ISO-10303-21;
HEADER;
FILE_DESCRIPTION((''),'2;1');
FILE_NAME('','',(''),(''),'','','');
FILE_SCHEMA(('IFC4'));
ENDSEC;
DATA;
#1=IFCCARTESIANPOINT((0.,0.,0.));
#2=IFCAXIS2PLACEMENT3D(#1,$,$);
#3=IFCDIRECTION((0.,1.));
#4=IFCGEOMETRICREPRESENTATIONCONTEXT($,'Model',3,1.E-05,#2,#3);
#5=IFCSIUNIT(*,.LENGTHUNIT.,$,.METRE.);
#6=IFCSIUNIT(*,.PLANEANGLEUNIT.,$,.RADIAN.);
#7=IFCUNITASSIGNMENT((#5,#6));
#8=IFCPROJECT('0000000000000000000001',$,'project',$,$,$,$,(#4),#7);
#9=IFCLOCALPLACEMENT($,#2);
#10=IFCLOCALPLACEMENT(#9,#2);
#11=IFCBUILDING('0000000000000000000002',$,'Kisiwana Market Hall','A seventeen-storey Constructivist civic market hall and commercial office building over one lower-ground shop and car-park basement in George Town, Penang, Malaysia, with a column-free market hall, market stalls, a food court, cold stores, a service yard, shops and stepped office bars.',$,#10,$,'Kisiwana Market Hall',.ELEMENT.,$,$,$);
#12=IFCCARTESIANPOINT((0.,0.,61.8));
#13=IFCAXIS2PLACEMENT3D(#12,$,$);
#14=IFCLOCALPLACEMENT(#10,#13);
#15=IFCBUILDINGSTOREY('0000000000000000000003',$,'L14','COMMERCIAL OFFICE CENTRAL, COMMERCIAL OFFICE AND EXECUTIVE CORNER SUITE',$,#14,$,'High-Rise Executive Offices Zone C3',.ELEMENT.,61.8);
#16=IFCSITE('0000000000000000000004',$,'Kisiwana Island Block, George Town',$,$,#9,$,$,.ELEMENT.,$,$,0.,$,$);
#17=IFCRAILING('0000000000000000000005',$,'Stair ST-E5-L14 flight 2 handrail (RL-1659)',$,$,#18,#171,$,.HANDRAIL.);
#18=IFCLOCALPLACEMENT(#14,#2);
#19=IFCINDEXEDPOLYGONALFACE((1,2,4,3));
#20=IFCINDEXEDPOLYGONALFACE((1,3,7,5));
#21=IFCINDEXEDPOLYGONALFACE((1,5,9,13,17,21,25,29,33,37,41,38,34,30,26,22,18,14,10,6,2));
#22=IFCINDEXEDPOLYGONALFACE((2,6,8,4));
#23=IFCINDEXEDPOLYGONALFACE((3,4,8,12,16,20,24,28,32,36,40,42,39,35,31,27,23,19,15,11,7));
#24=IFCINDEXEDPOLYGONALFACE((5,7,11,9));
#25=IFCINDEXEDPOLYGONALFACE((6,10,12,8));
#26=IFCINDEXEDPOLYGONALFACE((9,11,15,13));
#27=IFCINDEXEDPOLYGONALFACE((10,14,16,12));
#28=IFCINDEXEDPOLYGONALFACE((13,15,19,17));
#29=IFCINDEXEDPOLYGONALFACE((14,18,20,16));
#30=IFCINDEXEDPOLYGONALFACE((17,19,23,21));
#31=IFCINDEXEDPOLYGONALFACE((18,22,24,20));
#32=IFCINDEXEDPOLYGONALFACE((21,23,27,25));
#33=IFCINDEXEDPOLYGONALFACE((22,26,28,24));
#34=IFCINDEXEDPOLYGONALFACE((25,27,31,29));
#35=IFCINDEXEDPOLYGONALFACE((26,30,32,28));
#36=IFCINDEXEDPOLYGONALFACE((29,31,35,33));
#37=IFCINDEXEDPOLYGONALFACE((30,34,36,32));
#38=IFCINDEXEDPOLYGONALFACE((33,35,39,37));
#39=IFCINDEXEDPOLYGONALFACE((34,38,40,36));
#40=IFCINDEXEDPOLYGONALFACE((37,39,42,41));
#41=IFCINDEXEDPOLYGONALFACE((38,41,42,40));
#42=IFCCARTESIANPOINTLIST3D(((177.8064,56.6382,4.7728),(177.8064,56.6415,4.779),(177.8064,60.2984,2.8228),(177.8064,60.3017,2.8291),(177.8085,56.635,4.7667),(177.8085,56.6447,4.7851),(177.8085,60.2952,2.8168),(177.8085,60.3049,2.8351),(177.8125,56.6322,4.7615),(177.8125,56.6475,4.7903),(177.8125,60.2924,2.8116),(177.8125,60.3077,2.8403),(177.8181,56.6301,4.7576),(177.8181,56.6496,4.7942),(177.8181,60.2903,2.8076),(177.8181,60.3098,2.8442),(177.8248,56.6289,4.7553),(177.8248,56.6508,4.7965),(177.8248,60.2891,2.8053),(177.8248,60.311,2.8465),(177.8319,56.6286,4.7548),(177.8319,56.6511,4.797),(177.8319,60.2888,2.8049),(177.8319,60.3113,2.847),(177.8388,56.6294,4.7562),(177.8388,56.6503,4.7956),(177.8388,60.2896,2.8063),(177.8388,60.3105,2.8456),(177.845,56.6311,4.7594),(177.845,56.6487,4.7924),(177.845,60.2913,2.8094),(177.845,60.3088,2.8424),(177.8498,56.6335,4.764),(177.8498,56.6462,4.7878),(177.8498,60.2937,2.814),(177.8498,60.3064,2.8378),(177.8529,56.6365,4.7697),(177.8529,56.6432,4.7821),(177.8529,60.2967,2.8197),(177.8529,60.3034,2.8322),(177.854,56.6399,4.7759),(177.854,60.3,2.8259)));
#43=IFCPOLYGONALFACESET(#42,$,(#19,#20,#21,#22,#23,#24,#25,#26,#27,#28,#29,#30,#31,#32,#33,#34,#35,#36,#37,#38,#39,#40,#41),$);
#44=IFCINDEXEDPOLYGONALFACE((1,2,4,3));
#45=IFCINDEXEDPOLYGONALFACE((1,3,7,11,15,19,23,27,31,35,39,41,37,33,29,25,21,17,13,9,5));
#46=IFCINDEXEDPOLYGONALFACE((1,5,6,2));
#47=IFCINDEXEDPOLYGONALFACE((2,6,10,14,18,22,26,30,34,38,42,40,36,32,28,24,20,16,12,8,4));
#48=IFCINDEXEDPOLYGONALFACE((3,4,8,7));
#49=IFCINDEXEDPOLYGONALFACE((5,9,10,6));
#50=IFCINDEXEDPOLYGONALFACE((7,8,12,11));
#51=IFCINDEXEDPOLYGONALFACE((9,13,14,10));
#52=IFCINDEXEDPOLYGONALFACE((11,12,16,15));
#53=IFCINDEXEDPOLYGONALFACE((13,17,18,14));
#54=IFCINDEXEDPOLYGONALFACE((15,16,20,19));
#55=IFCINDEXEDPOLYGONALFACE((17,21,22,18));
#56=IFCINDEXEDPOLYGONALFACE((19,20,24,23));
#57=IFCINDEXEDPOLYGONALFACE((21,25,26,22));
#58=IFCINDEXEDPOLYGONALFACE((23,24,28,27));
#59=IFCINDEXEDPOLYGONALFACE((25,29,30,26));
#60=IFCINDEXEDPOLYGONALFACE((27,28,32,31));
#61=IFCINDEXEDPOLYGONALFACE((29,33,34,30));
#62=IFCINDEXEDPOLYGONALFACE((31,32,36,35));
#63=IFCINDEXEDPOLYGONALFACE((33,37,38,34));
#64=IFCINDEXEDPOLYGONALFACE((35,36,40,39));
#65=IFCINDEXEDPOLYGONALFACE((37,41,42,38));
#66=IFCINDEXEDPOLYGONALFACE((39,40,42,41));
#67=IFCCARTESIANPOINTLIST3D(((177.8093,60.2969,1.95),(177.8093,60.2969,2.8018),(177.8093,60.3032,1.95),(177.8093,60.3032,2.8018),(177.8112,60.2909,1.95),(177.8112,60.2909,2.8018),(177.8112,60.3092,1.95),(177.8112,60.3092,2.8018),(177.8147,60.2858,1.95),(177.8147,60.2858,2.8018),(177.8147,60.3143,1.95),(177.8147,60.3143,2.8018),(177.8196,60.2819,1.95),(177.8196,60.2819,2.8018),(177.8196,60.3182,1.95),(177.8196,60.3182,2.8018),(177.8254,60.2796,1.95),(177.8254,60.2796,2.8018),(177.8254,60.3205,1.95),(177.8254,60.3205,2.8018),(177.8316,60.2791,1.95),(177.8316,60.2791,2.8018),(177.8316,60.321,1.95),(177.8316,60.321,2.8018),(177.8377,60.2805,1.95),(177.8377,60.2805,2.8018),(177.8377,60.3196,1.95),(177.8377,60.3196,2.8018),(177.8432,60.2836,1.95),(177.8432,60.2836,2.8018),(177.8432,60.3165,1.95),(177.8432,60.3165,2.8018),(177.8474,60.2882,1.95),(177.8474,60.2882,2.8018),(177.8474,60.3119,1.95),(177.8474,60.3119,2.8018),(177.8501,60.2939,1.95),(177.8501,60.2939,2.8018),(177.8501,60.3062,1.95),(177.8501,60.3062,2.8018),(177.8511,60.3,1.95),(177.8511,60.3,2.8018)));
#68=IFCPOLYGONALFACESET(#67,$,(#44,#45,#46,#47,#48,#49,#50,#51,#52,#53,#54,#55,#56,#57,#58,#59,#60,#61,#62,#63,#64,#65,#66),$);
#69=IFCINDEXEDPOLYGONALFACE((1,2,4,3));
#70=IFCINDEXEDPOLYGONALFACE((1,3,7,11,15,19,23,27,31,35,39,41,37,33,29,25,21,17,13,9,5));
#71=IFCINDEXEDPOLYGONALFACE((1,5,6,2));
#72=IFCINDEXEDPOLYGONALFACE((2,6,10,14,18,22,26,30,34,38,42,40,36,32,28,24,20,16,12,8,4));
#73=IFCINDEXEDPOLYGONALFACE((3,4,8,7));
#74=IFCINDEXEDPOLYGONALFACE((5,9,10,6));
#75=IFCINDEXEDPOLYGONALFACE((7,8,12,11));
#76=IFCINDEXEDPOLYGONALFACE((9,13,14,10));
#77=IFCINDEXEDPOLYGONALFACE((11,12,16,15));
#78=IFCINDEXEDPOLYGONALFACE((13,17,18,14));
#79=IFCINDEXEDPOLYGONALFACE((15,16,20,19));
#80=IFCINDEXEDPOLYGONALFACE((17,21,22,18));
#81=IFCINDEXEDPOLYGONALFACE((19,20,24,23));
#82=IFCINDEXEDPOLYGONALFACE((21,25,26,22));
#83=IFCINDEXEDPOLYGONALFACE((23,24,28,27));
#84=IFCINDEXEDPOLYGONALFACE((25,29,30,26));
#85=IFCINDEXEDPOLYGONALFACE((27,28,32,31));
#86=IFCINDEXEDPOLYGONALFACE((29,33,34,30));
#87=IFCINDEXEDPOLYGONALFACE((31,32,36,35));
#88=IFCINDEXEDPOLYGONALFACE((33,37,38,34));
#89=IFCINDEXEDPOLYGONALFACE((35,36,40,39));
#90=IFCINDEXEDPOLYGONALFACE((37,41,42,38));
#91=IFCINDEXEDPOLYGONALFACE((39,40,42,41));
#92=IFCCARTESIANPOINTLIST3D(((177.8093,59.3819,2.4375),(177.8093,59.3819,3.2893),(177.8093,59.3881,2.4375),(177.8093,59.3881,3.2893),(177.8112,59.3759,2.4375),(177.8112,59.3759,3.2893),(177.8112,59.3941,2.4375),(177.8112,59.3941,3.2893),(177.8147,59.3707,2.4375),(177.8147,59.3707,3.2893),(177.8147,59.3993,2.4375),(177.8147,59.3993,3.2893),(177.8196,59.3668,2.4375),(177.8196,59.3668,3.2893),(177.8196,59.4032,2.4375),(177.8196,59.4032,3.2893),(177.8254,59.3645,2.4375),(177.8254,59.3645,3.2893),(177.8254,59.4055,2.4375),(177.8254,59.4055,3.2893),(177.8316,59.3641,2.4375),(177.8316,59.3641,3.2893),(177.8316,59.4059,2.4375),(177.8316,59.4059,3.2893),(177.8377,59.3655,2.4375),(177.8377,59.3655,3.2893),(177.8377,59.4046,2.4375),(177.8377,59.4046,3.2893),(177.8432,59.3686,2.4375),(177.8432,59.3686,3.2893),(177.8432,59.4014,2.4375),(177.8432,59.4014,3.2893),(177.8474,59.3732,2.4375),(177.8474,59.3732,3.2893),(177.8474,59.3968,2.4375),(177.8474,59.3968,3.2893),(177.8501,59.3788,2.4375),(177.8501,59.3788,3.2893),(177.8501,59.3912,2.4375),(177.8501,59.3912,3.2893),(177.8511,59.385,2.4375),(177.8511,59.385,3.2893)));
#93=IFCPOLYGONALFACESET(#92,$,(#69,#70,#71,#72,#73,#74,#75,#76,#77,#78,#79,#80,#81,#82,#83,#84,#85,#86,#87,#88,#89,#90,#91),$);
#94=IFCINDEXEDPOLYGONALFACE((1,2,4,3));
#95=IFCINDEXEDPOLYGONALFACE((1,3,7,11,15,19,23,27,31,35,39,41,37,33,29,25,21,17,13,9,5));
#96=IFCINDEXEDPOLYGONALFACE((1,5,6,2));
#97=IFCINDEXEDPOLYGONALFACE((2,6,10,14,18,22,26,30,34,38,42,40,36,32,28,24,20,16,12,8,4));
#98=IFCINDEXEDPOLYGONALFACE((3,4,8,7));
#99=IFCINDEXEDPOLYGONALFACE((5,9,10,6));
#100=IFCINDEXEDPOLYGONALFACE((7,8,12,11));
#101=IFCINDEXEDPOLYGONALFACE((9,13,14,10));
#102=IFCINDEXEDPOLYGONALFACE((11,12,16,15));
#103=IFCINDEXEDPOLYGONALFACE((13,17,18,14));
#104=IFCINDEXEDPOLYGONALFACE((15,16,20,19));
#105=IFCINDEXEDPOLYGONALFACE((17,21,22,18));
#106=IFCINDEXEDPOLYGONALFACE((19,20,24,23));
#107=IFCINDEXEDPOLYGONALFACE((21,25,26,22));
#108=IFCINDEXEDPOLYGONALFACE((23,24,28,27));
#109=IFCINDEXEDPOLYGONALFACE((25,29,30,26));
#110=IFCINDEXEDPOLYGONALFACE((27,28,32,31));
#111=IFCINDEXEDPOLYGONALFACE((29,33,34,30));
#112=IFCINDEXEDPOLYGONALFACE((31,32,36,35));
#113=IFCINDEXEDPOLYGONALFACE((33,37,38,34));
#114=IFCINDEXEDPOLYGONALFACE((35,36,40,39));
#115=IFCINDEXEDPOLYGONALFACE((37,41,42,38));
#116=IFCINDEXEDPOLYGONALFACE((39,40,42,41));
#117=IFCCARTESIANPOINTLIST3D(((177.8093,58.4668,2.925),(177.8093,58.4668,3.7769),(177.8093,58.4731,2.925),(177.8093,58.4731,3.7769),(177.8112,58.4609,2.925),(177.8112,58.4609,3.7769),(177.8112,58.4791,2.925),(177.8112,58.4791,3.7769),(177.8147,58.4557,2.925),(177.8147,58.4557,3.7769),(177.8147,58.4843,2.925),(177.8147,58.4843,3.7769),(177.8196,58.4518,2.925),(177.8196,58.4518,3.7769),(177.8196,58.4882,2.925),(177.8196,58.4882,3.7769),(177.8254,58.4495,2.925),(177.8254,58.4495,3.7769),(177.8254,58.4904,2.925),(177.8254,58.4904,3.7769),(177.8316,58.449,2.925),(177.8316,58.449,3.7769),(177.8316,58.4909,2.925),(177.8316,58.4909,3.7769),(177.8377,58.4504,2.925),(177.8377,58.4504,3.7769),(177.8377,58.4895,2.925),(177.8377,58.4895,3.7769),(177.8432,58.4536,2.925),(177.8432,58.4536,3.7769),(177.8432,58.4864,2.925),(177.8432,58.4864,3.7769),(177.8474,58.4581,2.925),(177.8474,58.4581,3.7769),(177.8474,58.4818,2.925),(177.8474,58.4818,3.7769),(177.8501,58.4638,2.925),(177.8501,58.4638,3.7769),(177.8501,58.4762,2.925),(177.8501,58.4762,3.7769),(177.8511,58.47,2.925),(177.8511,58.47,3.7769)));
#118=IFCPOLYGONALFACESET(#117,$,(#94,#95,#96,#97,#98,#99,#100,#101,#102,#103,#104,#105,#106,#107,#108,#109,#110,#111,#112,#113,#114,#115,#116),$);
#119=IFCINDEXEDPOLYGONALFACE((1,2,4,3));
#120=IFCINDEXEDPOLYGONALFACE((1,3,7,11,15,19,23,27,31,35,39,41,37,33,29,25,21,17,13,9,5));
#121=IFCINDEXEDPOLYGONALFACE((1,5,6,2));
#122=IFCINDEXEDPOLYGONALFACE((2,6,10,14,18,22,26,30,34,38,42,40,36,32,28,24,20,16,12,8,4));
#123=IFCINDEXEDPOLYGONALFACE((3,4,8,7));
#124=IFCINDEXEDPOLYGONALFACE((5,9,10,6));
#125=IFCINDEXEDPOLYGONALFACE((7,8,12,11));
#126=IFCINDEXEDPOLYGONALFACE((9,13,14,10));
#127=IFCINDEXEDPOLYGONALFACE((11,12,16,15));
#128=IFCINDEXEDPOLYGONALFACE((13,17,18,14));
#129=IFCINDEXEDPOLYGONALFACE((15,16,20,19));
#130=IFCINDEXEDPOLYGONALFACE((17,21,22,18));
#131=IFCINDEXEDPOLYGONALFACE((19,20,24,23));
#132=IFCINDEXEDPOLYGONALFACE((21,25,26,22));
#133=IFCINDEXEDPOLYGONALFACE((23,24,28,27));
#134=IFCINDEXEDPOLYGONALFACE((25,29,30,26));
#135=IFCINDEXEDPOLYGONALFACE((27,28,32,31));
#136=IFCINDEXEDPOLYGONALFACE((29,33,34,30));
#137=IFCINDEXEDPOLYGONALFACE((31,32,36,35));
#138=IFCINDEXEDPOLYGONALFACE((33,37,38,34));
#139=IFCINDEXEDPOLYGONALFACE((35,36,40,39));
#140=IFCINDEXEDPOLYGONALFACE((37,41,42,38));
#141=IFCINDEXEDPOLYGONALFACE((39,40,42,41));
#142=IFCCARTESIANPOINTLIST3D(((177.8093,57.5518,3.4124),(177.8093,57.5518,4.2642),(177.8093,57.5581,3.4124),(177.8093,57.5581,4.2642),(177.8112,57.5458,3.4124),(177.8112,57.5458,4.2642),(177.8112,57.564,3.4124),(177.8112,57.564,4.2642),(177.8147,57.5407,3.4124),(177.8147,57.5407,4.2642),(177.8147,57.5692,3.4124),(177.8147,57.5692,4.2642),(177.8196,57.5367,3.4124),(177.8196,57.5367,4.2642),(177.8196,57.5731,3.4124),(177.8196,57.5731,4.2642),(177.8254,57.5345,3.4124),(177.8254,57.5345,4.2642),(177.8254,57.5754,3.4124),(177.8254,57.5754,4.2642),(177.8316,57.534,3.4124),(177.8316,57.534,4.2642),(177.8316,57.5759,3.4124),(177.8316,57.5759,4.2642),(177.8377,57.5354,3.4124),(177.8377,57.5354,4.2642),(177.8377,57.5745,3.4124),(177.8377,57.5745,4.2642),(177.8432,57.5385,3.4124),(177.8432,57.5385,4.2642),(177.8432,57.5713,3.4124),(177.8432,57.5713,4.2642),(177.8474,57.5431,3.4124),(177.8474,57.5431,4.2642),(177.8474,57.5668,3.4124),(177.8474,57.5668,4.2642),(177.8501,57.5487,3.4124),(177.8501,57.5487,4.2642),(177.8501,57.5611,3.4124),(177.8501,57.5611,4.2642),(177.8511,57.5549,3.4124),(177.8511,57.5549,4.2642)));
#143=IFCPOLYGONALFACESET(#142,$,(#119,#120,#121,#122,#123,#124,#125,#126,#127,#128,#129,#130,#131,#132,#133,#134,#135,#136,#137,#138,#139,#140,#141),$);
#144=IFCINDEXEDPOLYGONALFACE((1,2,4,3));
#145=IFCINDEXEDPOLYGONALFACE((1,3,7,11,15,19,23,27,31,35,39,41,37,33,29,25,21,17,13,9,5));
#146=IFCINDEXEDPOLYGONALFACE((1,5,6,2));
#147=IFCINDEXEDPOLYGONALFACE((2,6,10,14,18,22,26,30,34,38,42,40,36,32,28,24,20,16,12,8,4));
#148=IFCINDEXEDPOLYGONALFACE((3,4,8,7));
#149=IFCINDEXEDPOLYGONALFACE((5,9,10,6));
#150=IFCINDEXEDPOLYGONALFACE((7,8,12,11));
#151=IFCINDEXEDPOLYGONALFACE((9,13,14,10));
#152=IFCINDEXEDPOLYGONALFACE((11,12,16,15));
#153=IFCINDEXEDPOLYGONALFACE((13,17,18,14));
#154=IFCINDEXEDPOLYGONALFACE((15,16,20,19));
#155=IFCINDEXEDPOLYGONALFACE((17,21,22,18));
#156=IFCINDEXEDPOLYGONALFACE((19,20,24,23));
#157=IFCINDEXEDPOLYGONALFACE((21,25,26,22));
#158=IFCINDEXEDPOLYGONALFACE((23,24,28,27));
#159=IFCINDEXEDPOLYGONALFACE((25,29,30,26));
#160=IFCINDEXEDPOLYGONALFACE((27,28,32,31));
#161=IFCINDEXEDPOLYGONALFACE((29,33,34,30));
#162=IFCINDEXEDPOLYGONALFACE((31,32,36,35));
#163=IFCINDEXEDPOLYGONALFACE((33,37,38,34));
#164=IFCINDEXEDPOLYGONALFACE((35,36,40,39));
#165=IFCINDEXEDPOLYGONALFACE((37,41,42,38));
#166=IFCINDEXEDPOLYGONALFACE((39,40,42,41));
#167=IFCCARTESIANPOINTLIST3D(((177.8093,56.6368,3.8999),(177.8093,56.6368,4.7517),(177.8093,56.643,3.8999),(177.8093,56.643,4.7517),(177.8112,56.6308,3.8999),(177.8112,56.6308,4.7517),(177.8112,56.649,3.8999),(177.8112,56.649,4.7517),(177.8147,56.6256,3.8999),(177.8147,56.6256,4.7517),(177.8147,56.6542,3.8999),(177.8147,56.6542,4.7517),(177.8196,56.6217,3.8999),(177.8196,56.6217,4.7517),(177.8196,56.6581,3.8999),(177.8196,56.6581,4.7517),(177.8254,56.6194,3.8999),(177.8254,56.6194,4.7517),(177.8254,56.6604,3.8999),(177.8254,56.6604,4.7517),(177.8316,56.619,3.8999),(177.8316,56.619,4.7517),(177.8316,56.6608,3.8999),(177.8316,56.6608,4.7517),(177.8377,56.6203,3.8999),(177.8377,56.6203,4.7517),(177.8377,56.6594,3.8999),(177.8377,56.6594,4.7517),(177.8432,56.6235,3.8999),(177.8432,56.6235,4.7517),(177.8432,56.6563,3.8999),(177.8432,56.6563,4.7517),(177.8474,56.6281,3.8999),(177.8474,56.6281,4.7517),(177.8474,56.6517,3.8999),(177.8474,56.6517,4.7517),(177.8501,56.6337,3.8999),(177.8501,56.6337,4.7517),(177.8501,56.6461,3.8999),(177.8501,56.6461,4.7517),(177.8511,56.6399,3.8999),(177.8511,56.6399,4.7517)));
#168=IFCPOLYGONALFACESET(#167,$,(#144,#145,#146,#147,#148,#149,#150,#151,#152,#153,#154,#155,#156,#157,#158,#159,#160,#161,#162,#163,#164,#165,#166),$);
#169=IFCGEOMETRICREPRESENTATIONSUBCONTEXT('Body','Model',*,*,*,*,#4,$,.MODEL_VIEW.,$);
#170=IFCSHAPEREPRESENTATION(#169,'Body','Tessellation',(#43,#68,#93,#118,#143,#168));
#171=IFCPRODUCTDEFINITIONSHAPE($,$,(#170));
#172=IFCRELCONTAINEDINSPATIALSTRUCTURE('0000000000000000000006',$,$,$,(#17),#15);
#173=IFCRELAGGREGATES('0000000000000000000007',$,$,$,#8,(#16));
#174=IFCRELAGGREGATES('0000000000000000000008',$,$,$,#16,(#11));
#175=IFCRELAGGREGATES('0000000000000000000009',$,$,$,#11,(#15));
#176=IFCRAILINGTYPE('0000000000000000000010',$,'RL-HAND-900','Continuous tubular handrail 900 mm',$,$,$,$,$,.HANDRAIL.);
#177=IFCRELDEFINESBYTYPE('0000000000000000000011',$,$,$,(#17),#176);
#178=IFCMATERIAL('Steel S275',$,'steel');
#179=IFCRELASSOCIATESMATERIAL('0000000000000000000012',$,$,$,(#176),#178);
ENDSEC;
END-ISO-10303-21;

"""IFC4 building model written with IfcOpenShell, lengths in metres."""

from ifc_helpers import new_model, si_unit, direction, frame, origin, origin_2d, place, context, subcontext, project, spatial, circle, extrude, material, type_object, element, save


model = new_model("IFC4")

# Units and contexts
model_context = context("Model", 3, precision=1e-05, world=origin(), true_north=direction((0.0, 1.0)))
body_context = subcontext(model_context, "Body", "Model", "MODEL_VIEW")
ifc_project = project(units=[si_unit("LENGTHUNIT", "METRE"), si_unit("PLANEANGLEUNIT", "RADIAN")], contexts=[model_context])

# Site, building, storey
site_placement = place(None, origin())
site = spatial("IfcSite", under=ifc_project, at=site_placement, Name="Kisiwana Island Block, George Town", CompositionType="ELEMENT", RefElevation=0.0)
building_placement = place(site_placement, origin())
building = spatial("IfcBuilding", under=site, at=building_placement, Name="Kisiwana Market Hall", Description="A seventeen-storey Constructivist civic market hall and commercial office building over one lower-ground shop and car-park basement in George Town, Penang, Malaysia, with a column-free market hall, market stalls, a food court, cold stores, a service yard, shops and stepped office bars.", LongName="Kisiwana Market Hall", CompositionType="ELEMENT")
storey_placement = place(building_placement, frame((0.0, 0.0, 61.8)))
storey = spatial("IfcBuildingStorey", under=building, at=storey_placement, Name="L14", Description="COMMERCIAL OFFICE CENTRAL, COMMERCIAL OFFICE AND EXECUTIVE CORNER SUITE", LongName="High-Rise Executive Offices Zone C3", CompositionType="ELEMENT", Elevation=61.8)

# Railing
ifc_material_1 = material(Name="Steel S275", Category="steel")
railing_type_1 = type_object("IfcRailingType", Name="RL-HAND-900", Description="Continuous tubular handrail 900 mm", PredefinedType="HANDRAIL", material=ifc_material_1)
railing_1_placement = place(storey_placement, frame((177.8301, 60.3, 1.95)))
element("IfcRailing", 1, at=railing_1_placement, inside=storey, type_object=railing_type_1, Name="Stair ST-E5-L14 flight 2 handrail (RL-1659)", PredefinedType="HANDRAIL", context=body_context, shape_type="SweptSolid", body=[
    extrude(circle(Radius=0.0239, at=origin_2d()), frame((0.0, 0.0, 0.876), z_axis=(0.0, -0.882566, 0.470188), x_axis=(1.0, 0.0, 0.0)), (0.0, 0.0, 1.0), 4.1472),
    extrude(circle(Radius=0.021, at=origin_2d()), origin(), (0.0, 0.0, 1.0), 0.8518),
    extrude(circle(Radius=0.021, at=origin_2d()), frame((0.0, -0.915, 0.4875)), (0.0, 0.0, 1.0), 0.8518),
    extrude(circle(Radius=0.021, at=origin_2d()), frame((0.0, -1.8301, 0.9751)), (0.0, 0.0, 1.0), 0.8518),
    extrude(circle(Radius=0.021, at=origin_2d()), frame((0.0, -2.7451, 1.4624)), (0.0, 0.0, 1.0), 0.8518),
    extrude(circle(Radius=0.021, at=origin_2d()), frame((0.0, -3.6602, 1.95)), (0.0, 0.0, 1.0), 0.8518),
])

save(model, "model.ifc")
